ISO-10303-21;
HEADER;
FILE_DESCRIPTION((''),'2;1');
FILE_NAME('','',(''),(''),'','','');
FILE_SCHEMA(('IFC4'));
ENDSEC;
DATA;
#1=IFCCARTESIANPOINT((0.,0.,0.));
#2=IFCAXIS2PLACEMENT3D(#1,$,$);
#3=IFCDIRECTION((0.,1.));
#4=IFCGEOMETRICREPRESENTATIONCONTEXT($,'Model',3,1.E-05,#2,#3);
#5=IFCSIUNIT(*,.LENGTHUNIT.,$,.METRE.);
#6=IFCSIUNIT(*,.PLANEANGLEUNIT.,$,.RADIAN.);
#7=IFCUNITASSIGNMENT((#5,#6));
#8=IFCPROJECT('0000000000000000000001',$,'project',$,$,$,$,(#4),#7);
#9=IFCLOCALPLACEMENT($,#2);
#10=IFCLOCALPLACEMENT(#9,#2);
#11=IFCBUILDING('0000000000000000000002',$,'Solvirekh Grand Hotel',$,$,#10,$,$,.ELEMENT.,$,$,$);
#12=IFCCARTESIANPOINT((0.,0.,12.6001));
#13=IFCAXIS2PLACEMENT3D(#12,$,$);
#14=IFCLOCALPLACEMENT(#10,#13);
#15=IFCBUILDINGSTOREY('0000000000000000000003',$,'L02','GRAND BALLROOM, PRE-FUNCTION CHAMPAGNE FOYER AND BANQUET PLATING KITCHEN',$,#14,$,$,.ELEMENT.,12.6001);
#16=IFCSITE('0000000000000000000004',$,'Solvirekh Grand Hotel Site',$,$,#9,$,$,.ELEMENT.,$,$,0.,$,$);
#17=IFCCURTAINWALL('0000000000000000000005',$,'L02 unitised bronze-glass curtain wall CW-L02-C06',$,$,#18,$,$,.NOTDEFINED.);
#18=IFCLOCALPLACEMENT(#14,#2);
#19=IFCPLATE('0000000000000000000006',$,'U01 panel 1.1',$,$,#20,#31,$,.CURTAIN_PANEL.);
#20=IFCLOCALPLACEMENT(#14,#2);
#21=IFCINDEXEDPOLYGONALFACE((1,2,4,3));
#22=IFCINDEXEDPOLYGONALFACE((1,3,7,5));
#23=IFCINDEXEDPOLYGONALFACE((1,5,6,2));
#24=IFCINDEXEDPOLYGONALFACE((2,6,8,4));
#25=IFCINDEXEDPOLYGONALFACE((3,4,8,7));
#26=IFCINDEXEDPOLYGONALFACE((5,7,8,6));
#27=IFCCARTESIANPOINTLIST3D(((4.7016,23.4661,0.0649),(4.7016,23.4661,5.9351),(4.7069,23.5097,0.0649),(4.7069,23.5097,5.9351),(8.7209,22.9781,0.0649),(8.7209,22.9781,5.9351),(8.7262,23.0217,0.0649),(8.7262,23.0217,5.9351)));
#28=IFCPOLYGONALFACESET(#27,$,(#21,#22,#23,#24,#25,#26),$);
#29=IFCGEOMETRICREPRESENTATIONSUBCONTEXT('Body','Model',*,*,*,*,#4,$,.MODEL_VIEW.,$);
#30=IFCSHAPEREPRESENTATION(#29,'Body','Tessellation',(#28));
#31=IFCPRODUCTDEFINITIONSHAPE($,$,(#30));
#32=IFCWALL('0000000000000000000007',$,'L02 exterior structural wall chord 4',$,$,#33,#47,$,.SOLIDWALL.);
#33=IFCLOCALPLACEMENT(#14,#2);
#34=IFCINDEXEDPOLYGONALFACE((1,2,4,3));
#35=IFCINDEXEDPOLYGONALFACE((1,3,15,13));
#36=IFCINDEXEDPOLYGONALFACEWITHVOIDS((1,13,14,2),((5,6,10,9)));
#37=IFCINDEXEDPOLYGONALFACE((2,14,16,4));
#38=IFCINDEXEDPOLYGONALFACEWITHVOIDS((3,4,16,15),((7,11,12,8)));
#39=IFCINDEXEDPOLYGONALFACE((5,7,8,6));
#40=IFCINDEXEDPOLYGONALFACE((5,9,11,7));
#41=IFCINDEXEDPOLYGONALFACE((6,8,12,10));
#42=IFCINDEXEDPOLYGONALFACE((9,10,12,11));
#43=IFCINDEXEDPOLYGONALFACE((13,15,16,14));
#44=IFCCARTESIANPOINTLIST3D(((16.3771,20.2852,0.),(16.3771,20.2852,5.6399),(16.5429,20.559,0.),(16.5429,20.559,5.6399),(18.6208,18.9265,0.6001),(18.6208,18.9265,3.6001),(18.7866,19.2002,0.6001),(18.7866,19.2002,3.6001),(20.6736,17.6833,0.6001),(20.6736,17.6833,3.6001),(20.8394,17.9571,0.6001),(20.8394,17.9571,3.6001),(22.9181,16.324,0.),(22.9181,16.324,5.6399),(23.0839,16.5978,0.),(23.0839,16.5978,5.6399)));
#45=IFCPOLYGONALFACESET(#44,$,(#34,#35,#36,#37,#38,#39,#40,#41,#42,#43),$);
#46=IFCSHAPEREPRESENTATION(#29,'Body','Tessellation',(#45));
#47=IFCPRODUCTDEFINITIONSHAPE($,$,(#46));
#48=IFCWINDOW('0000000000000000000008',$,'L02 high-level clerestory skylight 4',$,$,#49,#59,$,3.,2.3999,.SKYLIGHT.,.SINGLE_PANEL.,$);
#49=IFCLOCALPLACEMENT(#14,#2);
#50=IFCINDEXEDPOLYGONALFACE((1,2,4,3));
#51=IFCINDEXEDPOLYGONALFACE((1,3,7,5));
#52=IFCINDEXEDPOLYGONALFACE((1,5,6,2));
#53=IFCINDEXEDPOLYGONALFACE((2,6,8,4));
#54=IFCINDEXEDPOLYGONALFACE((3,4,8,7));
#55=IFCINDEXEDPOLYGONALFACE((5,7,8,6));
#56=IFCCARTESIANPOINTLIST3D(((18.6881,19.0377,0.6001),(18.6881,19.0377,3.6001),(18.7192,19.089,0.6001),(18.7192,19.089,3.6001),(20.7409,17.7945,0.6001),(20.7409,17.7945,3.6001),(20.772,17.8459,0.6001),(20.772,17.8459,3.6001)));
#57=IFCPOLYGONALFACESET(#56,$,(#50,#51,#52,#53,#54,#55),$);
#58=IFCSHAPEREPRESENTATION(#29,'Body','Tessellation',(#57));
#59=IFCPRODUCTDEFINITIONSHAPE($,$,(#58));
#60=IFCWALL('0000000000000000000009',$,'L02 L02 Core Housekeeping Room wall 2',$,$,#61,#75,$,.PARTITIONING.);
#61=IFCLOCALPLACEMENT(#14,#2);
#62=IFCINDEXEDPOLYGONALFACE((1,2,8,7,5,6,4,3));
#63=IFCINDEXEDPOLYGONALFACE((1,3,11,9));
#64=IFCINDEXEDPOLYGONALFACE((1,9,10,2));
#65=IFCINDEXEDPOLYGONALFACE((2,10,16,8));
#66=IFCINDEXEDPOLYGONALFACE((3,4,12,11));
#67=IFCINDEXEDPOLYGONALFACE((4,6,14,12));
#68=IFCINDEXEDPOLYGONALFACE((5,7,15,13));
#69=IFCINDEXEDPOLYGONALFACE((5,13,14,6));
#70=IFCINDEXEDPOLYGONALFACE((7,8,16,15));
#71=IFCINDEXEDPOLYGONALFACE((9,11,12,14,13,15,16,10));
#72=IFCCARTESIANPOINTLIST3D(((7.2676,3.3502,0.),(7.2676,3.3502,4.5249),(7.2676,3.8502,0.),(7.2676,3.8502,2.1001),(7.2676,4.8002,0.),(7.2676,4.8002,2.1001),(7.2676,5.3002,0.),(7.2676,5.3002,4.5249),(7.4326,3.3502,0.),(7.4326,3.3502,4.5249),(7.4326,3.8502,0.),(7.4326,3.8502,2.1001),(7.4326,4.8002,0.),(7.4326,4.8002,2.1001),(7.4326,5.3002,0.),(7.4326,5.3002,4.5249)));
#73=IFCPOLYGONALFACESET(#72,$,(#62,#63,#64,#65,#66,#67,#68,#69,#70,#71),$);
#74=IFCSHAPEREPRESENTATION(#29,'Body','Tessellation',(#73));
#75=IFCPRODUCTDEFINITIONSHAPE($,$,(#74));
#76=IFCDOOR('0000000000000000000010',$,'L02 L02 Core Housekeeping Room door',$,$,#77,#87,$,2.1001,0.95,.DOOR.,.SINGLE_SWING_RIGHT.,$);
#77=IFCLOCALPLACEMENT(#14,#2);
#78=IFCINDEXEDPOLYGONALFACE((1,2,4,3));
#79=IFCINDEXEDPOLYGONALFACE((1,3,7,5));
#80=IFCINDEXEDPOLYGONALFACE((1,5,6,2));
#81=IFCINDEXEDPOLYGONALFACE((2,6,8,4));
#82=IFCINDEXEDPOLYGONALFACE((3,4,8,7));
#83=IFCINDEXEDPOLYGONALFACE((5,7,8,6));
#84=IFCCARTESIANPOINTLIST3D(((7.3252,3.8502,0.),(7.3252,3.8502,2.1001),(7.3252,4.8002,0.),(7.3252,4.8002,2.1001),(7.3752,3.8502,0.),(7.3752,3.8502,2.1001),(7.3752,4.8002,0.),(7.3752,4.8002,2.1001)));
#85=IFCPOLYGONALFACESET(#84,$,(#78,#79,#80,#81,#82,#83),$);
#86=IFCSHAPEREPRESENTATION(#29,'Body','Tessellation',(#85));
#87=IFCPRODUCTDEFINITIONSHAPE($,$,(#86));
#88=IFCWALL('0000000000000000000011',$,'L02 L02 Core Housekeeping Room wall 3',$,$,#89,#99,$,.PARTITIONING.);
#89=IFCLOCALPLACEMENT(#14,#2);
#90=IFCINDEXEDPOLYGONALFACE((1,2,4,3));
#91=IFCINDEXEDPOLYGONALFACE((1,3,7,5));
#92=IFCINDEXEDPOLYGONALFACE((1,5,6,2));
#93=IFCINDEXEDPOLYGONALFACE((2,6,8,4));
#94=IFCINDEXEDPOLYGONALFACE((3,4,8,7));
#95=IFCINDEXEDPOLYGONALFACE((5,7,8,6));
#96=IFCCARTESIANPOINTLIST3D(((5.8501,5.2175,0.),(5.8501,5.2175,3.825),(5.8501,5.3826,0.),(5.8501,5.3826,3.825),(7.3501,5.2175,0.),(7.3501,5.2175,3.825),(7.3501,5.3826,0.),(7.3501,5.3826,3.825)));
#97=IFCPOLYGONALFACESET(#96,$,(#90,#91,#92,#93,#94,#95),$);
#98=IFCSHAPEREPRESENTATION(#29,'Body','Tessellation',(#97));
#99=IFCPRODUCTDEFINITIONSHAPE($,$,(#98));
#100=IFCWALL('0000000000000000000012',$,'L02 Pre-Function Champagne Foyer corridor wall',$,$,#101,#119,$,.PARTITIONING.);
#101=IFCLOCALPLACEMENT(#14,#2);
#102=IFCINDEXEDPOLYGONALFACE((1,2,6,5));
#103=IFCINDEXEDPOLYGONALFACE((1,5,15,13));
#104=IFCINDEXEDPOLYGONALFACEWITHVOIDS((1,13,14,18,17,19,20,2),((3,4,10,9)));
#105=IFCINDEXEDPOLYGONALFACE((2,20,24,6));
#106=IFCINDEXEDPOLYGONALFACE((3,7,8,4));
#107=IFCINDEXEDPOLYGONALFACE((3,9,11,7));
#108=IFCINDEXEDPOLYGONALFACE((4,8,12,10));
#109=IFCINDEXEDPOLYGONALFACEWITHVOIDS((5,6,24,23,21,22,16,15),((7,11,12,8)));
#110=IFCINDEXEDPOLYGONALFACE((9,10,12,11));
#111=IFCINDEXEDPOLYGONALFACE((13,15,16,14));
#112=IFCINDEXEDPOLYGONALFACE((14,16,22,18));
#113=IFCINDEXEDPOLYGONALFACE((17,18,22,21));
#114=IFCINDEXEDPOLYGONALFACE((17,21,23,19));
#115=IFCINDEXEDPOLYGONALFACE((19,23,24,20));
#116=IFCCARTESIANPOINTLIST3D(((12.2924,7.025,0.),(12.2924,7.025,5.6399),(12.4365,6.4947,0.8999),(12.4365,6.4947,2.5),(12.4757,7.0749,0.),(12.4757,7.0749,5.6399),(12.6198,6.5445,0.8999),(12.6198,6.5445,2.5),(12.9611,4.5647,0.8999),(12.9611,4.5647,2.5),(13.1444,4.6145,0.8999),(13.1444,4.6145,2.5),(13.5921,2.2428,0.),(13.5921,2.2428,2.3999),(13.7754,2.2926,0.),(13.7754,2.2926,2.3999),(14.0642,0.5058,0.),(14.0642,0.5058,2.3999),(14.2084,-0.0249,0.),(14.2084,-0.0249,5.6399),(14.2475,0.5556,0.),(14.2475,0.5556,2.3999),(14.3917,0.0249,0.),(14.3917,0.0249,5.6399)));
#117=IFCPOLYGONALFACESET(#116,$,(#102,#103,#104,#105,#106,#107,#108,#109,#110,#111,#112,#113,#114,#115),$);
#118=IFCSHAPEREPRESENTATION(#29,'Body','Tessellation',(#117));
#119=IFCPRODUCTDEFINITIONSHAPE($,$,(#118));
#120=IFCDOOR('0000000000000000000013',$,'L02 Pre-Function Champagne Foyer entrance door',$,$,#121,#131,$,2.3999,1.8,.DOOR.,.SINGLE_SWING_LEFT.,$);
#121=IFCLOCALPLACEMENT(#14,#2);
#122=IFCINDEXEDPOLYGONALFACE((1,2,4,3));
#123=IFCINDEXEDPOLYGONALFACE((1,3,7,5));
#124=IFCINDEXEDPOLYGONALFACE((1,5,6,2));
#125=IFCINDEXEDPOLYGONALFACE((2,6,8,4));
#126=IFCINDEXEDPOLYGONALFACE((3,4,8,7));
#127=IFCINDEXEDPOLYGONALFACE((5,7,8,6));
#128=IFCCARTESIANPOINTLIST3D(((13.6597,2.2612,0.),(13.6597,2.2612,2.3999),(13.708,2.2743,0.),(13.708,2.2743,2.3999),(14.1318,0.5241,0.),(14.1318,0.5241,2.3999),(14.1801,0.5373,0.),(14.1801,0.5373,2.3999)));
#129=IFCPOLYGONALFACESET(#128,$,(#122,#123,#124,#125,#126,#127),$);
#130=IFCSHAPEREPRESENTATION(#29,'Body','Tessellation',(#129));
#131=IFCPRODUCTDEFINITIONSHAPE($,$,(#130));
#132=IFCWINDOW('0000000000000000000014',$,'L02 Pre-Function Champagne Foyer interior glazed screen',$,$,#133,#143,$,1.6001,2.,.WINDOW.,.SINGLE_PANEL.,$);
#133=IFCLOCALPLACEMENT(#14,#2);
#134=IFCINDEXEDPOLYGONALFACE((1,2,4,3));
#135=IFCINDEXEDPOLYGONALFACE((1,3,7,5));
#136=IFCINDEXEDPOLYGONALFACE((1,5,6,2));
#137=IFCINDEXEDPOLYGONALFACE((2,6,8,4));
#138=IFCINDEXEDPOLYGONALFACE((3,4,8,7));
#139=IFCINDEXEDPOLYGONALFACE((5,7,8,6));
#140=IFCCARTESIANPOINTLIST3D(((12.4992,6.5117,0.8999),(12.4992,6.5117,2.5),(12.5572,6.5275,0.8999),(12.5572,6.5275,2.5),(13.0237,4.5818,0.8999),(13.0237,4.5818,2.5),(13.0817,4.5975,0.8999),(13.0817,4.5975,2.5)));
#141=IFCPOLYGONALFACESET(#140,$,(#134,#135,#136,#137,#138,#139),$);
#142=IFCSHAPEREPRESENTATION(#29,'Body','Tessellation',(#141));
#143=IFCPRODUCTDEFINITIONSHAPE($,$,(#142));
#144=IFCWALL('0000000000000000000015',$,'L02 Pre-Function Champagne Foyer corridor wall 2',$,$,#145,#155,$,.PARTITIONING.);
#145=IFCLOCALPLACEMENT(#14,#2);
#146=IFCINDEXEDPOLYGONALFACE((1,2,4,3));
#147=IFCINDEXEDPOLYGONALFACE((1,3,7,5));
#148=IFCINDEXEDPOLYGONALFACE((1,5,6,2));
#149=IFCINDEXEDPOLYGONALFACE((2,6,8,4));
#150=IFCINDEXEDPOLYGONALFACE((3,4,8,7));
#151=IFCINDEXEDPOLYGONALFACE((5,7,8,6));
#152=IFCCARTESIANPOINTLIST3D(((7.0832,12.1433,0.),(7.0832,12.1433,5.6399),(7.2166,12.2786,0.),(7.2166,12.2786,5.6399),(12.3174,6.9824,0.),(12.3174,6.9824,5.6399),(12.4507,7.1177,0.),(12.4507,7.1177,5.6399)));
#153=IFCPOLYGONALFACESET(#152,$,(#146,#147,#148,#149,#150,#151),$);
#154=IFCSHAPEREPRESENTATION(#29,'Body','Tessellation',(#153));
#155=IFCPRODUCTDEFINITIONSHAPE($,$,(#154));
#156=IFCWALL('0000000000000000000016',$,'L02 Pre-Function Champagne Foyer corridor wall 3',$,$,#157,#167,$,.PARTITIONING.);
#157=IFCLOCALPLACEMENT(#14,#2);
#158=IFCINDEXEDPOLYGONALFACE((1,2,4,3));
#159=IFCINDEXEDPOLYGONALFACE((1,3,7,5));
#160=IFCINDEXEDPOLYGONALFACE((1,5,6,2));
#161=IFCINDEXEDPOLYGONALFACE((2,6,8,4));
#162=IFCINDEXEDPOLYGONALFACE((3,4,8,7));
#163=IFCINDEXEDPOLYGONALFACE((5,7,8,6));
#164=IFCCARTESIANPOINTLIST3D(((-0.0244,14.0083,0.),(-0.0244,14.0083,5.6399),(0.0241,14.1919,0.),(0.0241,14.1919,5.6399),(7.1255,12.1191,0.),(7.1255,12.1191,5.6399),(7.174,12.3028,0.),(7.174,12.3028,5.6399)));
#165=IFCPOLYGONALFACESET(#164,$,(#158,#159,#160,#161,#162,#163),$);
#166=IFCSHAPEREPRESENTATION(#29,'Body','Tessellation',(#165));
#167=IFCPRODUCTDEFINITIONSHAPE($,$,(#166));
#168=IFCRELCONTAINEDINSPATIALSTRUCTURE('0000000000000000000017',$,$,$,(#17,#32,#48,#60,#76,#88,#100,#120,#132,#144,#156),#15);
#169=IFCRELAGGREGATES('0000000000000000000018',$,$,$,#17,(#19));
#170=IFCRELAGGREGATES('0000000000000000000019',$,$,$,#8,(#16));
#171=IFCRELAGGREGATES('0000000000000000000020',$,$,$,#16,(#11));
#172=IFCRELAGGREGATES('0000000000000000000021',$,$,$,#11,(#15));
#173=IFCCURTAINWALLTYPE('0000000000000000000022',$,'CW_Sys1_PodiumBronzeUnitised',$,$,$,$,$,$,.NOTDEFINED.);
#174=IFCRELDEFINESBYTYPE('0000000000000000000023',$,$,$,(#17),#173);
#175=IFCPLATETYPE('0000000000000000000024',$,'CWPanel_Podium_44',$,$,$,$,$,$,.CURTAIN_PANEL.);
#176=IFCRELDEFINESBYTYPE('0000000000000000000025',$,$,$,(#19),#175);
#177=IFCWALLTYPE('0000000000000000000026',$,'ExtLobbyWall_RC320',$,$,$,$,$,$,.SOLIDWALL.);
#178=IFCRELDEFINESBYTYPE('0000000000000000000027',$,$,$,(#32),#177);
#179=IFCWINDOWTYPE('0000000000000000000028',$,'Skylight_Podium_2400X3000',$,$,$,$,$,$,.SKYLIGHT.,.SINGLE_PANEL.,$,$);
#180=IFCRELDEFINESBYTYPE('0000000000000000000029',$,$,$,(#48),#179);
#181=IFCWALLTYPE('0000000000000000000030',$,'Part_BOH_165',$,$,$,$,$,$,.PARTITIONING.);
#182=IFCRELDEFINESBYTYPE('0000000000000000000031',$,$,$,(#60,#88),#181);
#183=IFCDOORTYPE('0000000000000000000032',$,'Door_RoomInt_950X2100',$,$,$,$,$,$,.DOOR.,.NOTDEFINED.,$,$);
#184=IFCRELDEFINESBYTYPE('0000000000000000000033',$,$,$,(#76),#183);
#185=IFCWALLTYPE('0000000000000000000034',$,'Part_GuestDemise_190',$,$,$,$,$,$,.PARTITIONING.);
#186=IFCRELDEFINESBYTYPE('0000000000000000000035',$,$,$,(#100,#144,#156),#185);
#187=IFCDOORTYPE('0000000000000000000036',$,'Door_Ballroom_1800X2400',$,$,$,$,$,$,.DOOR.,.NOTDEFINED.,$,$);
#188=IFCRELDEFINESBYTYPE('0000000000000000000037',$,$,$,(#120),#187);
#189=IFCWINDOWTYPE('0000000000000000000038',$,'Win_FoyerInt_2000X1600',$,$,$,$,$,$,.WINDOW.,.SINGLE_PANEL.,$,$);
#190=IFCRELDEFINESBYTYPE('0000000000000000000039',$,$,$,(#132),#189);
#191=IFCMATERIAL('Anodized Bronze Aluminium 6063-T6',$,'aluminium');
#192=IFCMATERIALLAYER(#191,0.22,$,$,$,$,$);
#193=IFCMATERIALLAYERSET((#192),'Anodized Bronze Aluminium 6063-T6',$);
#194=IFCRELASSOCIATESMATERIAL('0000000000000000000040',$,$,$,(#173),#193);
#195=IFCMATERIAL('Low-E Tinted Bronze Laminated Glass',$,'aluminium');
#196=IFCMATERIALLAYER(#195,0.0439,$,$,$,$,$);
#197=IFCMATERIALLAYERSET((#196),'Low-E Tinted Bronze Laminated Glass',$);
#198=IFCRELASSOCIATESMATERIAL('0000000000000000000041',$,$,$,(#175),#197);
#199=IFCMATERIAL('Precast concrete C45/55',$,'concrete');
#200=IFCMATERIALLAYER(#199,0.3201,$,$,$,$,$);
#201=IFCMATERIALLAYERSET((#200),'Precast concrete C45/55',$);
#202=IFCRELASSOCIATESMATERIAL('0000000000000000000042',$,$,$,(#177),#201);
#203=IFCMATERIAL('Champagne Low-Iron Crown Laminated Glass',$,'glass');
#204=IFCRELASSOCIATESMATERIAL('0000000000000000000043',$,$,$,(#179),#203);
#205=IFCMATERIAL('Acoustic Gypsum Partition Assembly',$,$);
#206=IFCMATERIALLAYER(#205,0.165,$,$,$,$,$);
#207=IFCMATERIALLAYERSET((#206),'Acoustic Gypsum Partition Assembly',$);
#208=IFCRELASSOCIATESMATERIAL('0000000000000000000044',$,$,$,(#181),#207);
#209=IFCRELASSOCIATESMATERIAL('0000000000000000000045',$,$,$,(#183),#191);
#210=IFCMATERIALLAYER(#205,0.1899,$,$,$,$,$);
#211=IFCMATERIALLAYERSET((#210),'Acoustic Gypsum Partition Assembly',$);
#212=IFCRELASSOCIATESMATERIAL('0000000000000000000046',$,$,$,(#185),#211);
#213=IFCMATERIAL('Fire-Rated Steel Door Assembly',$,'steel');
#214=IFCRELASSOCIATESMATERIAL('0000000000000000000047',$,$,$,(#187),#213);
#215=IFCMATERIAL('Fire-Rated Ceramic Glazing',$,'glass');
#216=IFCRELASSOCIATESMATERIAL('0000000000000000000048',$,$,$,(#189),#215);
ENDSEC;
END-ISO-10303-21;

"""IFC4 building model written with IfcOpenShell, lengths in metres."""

from ifc_helpers import new_model, si_unit, direction, frame, frame_2d, origin, origin_2d, place, context, subcontext, project, spatial, rectangle, extrude, source, transform, mapped, material, layer, layer_set, type_object, element, fill, aggregate, save


model = new_model("IFC4")

# Units and contexts
model_context = context("Model", 3, precision=1e-05, world=origin(), true_north=direction((0.0, 1.0)))
body_context = subcontext(model_context, "Body", "Model", "MODEL_VIEW")
ifc_project = project(units=[si_unit("LENGTHUNIT", "METRE"), si_unit("PLANEANGLEUNIT", "RADIAN")], contexts=[model_context])

# Site, building, storey
site_placement = place(None, origin())
site = spatial("IfcSite", under=ifc_project, at=site_placement, Name="Solvirekh Grand Hotel Site", CompositionType="ELEMENT", RefElevation=0.0)
building_placement = place(site_placement, origin())
building = spatial("IfcBuilding", under=site, at=building_placement, Name="Solvirekh Grand Hotel", CompositionType="ELEMENT")
storey_placement = place(building_placement, frame((0.0, 0.0, 12.6001)))
storey = spatial("IfcBuildingStorey", under=building, at=storey_placement, Name="L02", Description="GRAND BALLROOM, PRE-FUNCTION CHAMPAGNE FOYER AND BANQUET PLATING KITCHEN", CompositionType="ELEMENT", Elevation=12.6001)

# Shared definitions
ifc_material_1 = material(Name="Anodized Bronze Aluminium 6063-T6", Category="aluminium")
ifc_layer_1 = layer(ifc_material_1, 0.22)
ifc_layer_set_1 = layer_set([ifc_layer_1], Name="Anodized Bronze Aluminium 6063-T6")
curtain_wall_type = type_object("IfcCurtainWallType", Name="CW_Sys1_PodiumBronzeUnitised", PredefinedType="NOTDEFINED", material=ifc_layer_set_1)

# Curtain wall
curtain_wall_1_placement = place(storey_placement, origin())
curtain_wall_1 = element("IfcCurtainWall", 1, at=curtain_wall_1_placement, inside=storey, type_object=curtain_wall_type, Name="L02 unitised bronze-glass curtain wall CW-L02-C06", PredefinedType="NOTDEFINED")

# Plate
ifc_material_2 = material(Name="Low-E Tinted Bronze Laminated Glass", Category="aluminium")
ifc_layer_2 = layer(ifc_material_2, 0.0439)
ifc_layer_set_2 = layer_set([ifc_layer_2], Name="Low-E Tinted Bronze Laminated Glass")
plate_type = type_object("IfcPlateType", Name="CWPanel_Podium_44", PredefinedType="CURTAIN_PANEL", material=ifc_layer_set_2)
shared_shape_1 = source(origin(), body_context, "Body", "SweptSolid", [
    extrude(rectangle(XDim=4.0488, YDim=0.0439, at=origin_2d()), origin(), (0.0, 0.0, 1.0), 5.8701),
])
plate_1_placement = place(storey_placement, frame((6.7139, 23.2439, 0.0649), z_axis=(0.0, 0.0, 1.0), x_axis=(-0.992712, 0.120514, 0.0)))
plate_1 = element("IfcPlate", 2, at=plate_1_placement, type_object=plate_type, Name="U01 panel 1.1", PredefinedType="CURTAIN_PANEL", context=body_context, shape_type="MappedRepresentation", body=[
    mapped(shared_shape_1, transform((0.0, 0.0, 0.0), x_axis=(1.0, 0.0, 0.0), y_axis=(0.0, 1.0, 0.0), z_axis=(0.0, 0.0, 1.0), scale=1.0)),
])
aggregate(curtain_wall_1, [plate_1])

# Wall, opening, window
ifc_material_3 = material(Name="Precast concrete C45/55", Category="concrete")
ifc_layer_3 = layer(ifc_material_3, 0.3201)
ifc_layer_set_3 = layer_set([ifc_layer_3], Name="Precast concrete C45/55")
wall_type_1 = type_object("IfcWallType", Name="ExtLobbyWall_RC320", PredefinedType="SOLIDWALL", material=ifc_layer_set_3)
wall_1_placement = place(storey_placement, frame((16.46, 20.4221, 0.0), z_axis=(0.0, 0.0, 1.0), x_axis=(0.855376, -0.518008, 0.0)))
wall_1 = element("IfcWall", 3, at=wall_1_placement, inside=storey, type_object=wall_type_1, Name="L02 exterior structural wall chord 4", PredefinedType="SOLIDWALL", context=body_context, shape_type="SweptSolid", body=[
    extrude(rectangle(XDim=7.647, YDim=0.3201, at=frame_2d((3.8235, 0.0))), origin(), (0.0, 0.0, 1.0), 5.6399),
])
opening_1_placement = place(wall_1_placement, frame((2.623, 0.0, 0.6001)))
opening_1 = element("IfcOpeningElement", 4, at=opening_1_placement, cuts=wall_1, PredefinedType="OPENING", context=body_context, shape_type="SweptSolid", body=[
    extrude(rectangle(XDim=2.3999, YDim=3.0, at=frame_2d((1.2, 1.5))), frame((0.0, 0.1699, 0.0), z_axis=(0.0, -1.0, 0.0), x_axis=(1.0, 0.0, 0.0)), (0.0, 0.0, 1.0), 0.3401),
])
ifc_material_4 = material(Name="Champagne Low-Iron Crown Laminated Glass", Category="glass")
window_type_1 = type_object("IfcWindowType", Name="Skylight_Podium_2400X3000", PartitioningType="SINGLE_PANEL", PredefinedType="SKYLIGHT", material=ifc_material_4)
window_1_placement = place(opening_1_placement, origin())
window_1 = element("IfcWindow", 5, at=window_1_placement, inside=storey, type_object=window_type_1, Name="L02 high-level clerestory skylight 4", OverallHeight=3.0, OverallWidth=2.3999, PartitioningType="SINGLE_PANEL", PredefinedType="SKYLIGHT", context=body_context, shape_type="SweptSolid", body=[
    extrude(rectangle(XDim=2.3999, YDim=3.0, at=frame_2d((1.2, 1.5))), frame((0.0, 0.03, 0.0), z_axis=(0.0, -1.0, 0.0), x_axis=(1.0, 0.0, 0.0)), (0.0, 0.0, 1.0), 0.0601),
])
fill(opening_1, window_1)

# Wall, opening, door
ifc_material_5 = material(Name="Acoustic Gypsum Partition Assembly")
ifc_layer_4 = layer(ifc_material_5, 0.165)
ifc_layer_set_4 = layer_set([ifc_layer_4], Name="Acoustic Gypsum Partition Assembly")
wall_type_2 = type_object("IfcWallType", Name="Part_BOH_165", PredefinedType="PARTITIONING", material=ifc_layer_set_4)
wall_2_placement = place(storey_placement, frame((7.3501, 3.3501, 0.0), z_axis=(0.0, 0.0, 1.0), x_axis=(0.0, 1.0, 0.0)))
wall_2 = element("IfcWall", 6, at=wall_2_placement, inside=storey, type_object=wall_type_2, Name="L02 L02 Core Housekeeping Room wall 2", PredefinedType="PARTITIONING", context=body_context, shape_type="SweptSolid", body=[
    extrude(rectangle(XDim=1.95, YDim=0.165, at=frame_2d((0.9751, 0.0))), origin(), (0.0, 0.0, 1.0), 4.5249),
])
opening_2_placement = place(wall_2_placement, frame((0.5, 0.0, 0.0)))
opening_2 = element("IfcOpeningElement", 7, at=opening_2_placement, cuts=wall_2, PredefinedType="OPENING", context=body_context, shape_type="SweptSolid", body=[
    extrude(rectangle(XDim=0.95, YDim=2.1001, at=frame_2d((0.4751, 1.05))), frame((0.0, 0.0925, 0.0), z_axis=(0.0, -1.0, 0.0), x_axis=(1.0, 0.0, 0.0)), (0.0, 0.0, 1.0), 0.1851),
])
door_type_1 = type_object("IfcDoorType", Name="Door_RoomInt_950X2100", OperationType="NOTDEFINED", PredefinedType="DOOR", material=ifc_material_1)
door_1_placement = place(opening_2_placement, origin())
door_1 = element("IfcDoor", 8, at=door_1_placement, inside=storey, type_object=door_type_1, Name="L02 L02 Core Housekeeping Room door", OperationType="SINGLE_SWING_RIGHT", OverallHeight=2.1001, OverallWidth=0.95, PredefinedType="DOOR", context=body_context, shape_type="SweptSolid", body=[
    extrude(rectangle(XDim=0.95, YDim=2.1001, at=frame_2d((0.4751, 1.05))), frame((0.0, 0.0249, 0.0), z_axis=(0.0, -1.0, 0.0), x_axis=(1.0, 0.0, 0.0)), (0.0, 0.0, 1.0), 0.05),
])
fill(opening_2, door_1)

# Wall
wall_3_placement = place(storey_placement, frame((7.3501, 5.3, 0.0), z_axis=(0.0, 0.0, 1.0), x_axis=(-1.0, 0.0, 0.0)))
element("IfcWall", 9, at=wall_3_placement, inside=storey, type_object=wall_type_2, Name="L02 L02 Core Housekeeping Room wall 3", PredefinedType="PARTITIONING", context=body_context, shape_type="SweptSolid", body=[
    extrude(rectangle(XDim=1.5, YDim=0.165, at=frame_2d((0.75, 0.0))), origin(), (0.0, 0.0, 1.0), 3.825),
])

# Wall, openings, door, window
ifc_layer_5 = layer(ifc_material_5, 0.1899)
ifc_layer_set_5 = layer_set([ifc_layer_5], Name="Acoustic Gypsum Partition Assembly")
wall_type_3 = type_object("IfcWallType", Name="Part_GuestDemise_190", PredefinedType="PARTITIONING", material=ifc_layer_set_5)
wall_4_placement = place(storey_placement, frame((14.3, 0.0, 0.0), z_axis=(0.0, 0.0, 1.0), x_axis=(-0.262261, 0.964997, 0.0)))
wall_4 = element("IfcWall", 10, at=wall_4_placement, inside=storey, type_object=wall_type_3, Name="L02 Pre-Function Champagne Foyer corridor wall", PredefinedType="PARTITIONING", context=body_context, shape_type="SweptSolid", body=[
    extrude(rectangle(XDim=7.3057, YDim=0.1899, at=frame_2d((3.6528, 0.0))), origin(), (0.0, 0.0, 1.0), 5.6399),
])
opening_3_placement = place(wall_4_placement, frame((0.55, 0.0, 0.0)))
opening_3 = element("IfcOpeningElement", 11, at=opening_3_placement, cuts=wall_4, PredefinedType="OPENING", context=body_context, shape_type="SweptSolid", body=[
    extrude(rectangle(XDim=1.8, YDim=2.3999, at=frame_2d((0.8999, 1.2))), frame((0.0, 0.105, 0.0), z_axis=(0.0, -1.0, 0.0), x_axis=(1.0, 0.0, 0.0)), (0.0, 0.0, 1.0), 0.21),
])
opening_4_placement = place(wall_4_placement, frame((4.7561, 0.0, 0.8999)))
opening_4 = element("IfcOpeningElement", 12, at=opening_4_placement, cuts=wall_4, PredefinedType="OPENING", context=body_context, shape_type="SweptSolid", body=[
    extrude(rectangle(XDim=2.0, YDim=1.6001, at=frame_2d((1.0, 0.8))), frame((0.0, 0.105, 0.0), z_axis=(0.0, -1.0, 0.0), x_axis=(1.0, 0.0, 0.0)), (0.0, 0.0, 1.0), 0.21),
])
ifc_material_6 = material(Name="Fire-Rated Steel Door Assembly", Category="steel")
door_type_2 = type_object("IfcDoorType", Name="Door_Ballroom_1800X2400", OperationType="NOTDEFINED", PredefinedType="DOOR", material=ifc_material_6)
door_2_placement = place(opening_3_placement, origin())
door_2 = element("IfcDoor", 13, at=door_2_placement, inside=storey, type_object=door_type_2, Name="L02 Pre-Function Champagne Foyer entrance door", OperationType="SINGLE_SWING_LEFT", OverallHeight=2.3999, OverallWidth=1.8, PredefinedType="DOOR", context=body_context, shape_type="SweptSolid", body=[
    extrude(rectangle(XDim=1.8, YDim=2.3999, at=frame_2d((0.8999, 1.2))), frame((0.0, 0.0249, 0.0), z_axis=(0.0, -1.0, 0.0), x_axis=(1.0, 0.0, 0.0)), (0.0, 0.0, 1.0), 0.05),
])
fill(opening_3, door_2)
ifc_material_7 = material(Name="Fire-Rated Ceramic Glazing", Category="glass")
window_type_2 = type_object("IfcWindowType", Name="Win_FoyerInt_2000X1600", PartitioningType="SINGLE_PANEL", PredefinedType="WINDOW", material=ifc_material_7)
window_2_placement = place(opening_4_placement, origin())
window_2 = element("IfcWindow", 14, at=window_2_placement, inside=storey, type_object=window_type_2, Name="L02 Pre-Function Champagne Foyer interior glazed screen", OverallHeight=1.6001, OverallWidth=2.0, PartitioningType="SINGLE_PANEL", PredefinedType="WINDOW", context=body_context, shape_type="SweptSolid", body=[
    extrude(rectangle(XDim=2.0, YDim=1.6001, at=frame_2d((1.0, 0.8))), frame((0.0, 0.03, 0.0), z_axis=(0.0, -1.0, 0.0), x_axis=(1.0, 0.0, 0.0)), (0.0, 0.0, 1.0), 0.0601),
])
fill(opening_4, window_2)

# Walls
wall_5_placement = place(storey_placement, frame((12.384, 7.05, 0.0), z_axis=(0.0, 0.0, 1.0), x_axis=(-0.712071, 0.702107, 0.0)))
element("IfcWall", 15, at=wall_5_placement, inside=storey, type_object=wall_type_3, Name="L02 Pre-Function Champagne Foyer corridor wall 2", PredefinedType="PARTITIONING", context=body_context, shape_type="SweptSolid", body=[
    extrude(rectangle(XDim=7.3506, YDim=0.1899, at=frame_2d((3.6753, 0.0))), origin(), (0.0, 0.0, 1.0), 5.6399),
])
wall_6_placement = place(storey_placement, frame((7.1499, 12.2109, 0.0), z_axis=(0.0, 0.0, 1.0), x_axis=(-0.966821, 0.255455, 0.0)))
element("IfcWall", 16, at=wall_6_placement, inside=storey, type_object=wall_type_3, Name="L02 Pre-Function Champagne Foyer corridor wall 3", PredefinedType="PARTITIONING", context=body_context, shape_type="SweptSolid", body=[
    extrude(rectangle(XDim=7.3953, YDim=0.1899, at=frame_2d((3.6978, 0.0))), origin(), (0.0, 0.0, 1.0), 5.6399),
])

save(model, "model.ifc")
